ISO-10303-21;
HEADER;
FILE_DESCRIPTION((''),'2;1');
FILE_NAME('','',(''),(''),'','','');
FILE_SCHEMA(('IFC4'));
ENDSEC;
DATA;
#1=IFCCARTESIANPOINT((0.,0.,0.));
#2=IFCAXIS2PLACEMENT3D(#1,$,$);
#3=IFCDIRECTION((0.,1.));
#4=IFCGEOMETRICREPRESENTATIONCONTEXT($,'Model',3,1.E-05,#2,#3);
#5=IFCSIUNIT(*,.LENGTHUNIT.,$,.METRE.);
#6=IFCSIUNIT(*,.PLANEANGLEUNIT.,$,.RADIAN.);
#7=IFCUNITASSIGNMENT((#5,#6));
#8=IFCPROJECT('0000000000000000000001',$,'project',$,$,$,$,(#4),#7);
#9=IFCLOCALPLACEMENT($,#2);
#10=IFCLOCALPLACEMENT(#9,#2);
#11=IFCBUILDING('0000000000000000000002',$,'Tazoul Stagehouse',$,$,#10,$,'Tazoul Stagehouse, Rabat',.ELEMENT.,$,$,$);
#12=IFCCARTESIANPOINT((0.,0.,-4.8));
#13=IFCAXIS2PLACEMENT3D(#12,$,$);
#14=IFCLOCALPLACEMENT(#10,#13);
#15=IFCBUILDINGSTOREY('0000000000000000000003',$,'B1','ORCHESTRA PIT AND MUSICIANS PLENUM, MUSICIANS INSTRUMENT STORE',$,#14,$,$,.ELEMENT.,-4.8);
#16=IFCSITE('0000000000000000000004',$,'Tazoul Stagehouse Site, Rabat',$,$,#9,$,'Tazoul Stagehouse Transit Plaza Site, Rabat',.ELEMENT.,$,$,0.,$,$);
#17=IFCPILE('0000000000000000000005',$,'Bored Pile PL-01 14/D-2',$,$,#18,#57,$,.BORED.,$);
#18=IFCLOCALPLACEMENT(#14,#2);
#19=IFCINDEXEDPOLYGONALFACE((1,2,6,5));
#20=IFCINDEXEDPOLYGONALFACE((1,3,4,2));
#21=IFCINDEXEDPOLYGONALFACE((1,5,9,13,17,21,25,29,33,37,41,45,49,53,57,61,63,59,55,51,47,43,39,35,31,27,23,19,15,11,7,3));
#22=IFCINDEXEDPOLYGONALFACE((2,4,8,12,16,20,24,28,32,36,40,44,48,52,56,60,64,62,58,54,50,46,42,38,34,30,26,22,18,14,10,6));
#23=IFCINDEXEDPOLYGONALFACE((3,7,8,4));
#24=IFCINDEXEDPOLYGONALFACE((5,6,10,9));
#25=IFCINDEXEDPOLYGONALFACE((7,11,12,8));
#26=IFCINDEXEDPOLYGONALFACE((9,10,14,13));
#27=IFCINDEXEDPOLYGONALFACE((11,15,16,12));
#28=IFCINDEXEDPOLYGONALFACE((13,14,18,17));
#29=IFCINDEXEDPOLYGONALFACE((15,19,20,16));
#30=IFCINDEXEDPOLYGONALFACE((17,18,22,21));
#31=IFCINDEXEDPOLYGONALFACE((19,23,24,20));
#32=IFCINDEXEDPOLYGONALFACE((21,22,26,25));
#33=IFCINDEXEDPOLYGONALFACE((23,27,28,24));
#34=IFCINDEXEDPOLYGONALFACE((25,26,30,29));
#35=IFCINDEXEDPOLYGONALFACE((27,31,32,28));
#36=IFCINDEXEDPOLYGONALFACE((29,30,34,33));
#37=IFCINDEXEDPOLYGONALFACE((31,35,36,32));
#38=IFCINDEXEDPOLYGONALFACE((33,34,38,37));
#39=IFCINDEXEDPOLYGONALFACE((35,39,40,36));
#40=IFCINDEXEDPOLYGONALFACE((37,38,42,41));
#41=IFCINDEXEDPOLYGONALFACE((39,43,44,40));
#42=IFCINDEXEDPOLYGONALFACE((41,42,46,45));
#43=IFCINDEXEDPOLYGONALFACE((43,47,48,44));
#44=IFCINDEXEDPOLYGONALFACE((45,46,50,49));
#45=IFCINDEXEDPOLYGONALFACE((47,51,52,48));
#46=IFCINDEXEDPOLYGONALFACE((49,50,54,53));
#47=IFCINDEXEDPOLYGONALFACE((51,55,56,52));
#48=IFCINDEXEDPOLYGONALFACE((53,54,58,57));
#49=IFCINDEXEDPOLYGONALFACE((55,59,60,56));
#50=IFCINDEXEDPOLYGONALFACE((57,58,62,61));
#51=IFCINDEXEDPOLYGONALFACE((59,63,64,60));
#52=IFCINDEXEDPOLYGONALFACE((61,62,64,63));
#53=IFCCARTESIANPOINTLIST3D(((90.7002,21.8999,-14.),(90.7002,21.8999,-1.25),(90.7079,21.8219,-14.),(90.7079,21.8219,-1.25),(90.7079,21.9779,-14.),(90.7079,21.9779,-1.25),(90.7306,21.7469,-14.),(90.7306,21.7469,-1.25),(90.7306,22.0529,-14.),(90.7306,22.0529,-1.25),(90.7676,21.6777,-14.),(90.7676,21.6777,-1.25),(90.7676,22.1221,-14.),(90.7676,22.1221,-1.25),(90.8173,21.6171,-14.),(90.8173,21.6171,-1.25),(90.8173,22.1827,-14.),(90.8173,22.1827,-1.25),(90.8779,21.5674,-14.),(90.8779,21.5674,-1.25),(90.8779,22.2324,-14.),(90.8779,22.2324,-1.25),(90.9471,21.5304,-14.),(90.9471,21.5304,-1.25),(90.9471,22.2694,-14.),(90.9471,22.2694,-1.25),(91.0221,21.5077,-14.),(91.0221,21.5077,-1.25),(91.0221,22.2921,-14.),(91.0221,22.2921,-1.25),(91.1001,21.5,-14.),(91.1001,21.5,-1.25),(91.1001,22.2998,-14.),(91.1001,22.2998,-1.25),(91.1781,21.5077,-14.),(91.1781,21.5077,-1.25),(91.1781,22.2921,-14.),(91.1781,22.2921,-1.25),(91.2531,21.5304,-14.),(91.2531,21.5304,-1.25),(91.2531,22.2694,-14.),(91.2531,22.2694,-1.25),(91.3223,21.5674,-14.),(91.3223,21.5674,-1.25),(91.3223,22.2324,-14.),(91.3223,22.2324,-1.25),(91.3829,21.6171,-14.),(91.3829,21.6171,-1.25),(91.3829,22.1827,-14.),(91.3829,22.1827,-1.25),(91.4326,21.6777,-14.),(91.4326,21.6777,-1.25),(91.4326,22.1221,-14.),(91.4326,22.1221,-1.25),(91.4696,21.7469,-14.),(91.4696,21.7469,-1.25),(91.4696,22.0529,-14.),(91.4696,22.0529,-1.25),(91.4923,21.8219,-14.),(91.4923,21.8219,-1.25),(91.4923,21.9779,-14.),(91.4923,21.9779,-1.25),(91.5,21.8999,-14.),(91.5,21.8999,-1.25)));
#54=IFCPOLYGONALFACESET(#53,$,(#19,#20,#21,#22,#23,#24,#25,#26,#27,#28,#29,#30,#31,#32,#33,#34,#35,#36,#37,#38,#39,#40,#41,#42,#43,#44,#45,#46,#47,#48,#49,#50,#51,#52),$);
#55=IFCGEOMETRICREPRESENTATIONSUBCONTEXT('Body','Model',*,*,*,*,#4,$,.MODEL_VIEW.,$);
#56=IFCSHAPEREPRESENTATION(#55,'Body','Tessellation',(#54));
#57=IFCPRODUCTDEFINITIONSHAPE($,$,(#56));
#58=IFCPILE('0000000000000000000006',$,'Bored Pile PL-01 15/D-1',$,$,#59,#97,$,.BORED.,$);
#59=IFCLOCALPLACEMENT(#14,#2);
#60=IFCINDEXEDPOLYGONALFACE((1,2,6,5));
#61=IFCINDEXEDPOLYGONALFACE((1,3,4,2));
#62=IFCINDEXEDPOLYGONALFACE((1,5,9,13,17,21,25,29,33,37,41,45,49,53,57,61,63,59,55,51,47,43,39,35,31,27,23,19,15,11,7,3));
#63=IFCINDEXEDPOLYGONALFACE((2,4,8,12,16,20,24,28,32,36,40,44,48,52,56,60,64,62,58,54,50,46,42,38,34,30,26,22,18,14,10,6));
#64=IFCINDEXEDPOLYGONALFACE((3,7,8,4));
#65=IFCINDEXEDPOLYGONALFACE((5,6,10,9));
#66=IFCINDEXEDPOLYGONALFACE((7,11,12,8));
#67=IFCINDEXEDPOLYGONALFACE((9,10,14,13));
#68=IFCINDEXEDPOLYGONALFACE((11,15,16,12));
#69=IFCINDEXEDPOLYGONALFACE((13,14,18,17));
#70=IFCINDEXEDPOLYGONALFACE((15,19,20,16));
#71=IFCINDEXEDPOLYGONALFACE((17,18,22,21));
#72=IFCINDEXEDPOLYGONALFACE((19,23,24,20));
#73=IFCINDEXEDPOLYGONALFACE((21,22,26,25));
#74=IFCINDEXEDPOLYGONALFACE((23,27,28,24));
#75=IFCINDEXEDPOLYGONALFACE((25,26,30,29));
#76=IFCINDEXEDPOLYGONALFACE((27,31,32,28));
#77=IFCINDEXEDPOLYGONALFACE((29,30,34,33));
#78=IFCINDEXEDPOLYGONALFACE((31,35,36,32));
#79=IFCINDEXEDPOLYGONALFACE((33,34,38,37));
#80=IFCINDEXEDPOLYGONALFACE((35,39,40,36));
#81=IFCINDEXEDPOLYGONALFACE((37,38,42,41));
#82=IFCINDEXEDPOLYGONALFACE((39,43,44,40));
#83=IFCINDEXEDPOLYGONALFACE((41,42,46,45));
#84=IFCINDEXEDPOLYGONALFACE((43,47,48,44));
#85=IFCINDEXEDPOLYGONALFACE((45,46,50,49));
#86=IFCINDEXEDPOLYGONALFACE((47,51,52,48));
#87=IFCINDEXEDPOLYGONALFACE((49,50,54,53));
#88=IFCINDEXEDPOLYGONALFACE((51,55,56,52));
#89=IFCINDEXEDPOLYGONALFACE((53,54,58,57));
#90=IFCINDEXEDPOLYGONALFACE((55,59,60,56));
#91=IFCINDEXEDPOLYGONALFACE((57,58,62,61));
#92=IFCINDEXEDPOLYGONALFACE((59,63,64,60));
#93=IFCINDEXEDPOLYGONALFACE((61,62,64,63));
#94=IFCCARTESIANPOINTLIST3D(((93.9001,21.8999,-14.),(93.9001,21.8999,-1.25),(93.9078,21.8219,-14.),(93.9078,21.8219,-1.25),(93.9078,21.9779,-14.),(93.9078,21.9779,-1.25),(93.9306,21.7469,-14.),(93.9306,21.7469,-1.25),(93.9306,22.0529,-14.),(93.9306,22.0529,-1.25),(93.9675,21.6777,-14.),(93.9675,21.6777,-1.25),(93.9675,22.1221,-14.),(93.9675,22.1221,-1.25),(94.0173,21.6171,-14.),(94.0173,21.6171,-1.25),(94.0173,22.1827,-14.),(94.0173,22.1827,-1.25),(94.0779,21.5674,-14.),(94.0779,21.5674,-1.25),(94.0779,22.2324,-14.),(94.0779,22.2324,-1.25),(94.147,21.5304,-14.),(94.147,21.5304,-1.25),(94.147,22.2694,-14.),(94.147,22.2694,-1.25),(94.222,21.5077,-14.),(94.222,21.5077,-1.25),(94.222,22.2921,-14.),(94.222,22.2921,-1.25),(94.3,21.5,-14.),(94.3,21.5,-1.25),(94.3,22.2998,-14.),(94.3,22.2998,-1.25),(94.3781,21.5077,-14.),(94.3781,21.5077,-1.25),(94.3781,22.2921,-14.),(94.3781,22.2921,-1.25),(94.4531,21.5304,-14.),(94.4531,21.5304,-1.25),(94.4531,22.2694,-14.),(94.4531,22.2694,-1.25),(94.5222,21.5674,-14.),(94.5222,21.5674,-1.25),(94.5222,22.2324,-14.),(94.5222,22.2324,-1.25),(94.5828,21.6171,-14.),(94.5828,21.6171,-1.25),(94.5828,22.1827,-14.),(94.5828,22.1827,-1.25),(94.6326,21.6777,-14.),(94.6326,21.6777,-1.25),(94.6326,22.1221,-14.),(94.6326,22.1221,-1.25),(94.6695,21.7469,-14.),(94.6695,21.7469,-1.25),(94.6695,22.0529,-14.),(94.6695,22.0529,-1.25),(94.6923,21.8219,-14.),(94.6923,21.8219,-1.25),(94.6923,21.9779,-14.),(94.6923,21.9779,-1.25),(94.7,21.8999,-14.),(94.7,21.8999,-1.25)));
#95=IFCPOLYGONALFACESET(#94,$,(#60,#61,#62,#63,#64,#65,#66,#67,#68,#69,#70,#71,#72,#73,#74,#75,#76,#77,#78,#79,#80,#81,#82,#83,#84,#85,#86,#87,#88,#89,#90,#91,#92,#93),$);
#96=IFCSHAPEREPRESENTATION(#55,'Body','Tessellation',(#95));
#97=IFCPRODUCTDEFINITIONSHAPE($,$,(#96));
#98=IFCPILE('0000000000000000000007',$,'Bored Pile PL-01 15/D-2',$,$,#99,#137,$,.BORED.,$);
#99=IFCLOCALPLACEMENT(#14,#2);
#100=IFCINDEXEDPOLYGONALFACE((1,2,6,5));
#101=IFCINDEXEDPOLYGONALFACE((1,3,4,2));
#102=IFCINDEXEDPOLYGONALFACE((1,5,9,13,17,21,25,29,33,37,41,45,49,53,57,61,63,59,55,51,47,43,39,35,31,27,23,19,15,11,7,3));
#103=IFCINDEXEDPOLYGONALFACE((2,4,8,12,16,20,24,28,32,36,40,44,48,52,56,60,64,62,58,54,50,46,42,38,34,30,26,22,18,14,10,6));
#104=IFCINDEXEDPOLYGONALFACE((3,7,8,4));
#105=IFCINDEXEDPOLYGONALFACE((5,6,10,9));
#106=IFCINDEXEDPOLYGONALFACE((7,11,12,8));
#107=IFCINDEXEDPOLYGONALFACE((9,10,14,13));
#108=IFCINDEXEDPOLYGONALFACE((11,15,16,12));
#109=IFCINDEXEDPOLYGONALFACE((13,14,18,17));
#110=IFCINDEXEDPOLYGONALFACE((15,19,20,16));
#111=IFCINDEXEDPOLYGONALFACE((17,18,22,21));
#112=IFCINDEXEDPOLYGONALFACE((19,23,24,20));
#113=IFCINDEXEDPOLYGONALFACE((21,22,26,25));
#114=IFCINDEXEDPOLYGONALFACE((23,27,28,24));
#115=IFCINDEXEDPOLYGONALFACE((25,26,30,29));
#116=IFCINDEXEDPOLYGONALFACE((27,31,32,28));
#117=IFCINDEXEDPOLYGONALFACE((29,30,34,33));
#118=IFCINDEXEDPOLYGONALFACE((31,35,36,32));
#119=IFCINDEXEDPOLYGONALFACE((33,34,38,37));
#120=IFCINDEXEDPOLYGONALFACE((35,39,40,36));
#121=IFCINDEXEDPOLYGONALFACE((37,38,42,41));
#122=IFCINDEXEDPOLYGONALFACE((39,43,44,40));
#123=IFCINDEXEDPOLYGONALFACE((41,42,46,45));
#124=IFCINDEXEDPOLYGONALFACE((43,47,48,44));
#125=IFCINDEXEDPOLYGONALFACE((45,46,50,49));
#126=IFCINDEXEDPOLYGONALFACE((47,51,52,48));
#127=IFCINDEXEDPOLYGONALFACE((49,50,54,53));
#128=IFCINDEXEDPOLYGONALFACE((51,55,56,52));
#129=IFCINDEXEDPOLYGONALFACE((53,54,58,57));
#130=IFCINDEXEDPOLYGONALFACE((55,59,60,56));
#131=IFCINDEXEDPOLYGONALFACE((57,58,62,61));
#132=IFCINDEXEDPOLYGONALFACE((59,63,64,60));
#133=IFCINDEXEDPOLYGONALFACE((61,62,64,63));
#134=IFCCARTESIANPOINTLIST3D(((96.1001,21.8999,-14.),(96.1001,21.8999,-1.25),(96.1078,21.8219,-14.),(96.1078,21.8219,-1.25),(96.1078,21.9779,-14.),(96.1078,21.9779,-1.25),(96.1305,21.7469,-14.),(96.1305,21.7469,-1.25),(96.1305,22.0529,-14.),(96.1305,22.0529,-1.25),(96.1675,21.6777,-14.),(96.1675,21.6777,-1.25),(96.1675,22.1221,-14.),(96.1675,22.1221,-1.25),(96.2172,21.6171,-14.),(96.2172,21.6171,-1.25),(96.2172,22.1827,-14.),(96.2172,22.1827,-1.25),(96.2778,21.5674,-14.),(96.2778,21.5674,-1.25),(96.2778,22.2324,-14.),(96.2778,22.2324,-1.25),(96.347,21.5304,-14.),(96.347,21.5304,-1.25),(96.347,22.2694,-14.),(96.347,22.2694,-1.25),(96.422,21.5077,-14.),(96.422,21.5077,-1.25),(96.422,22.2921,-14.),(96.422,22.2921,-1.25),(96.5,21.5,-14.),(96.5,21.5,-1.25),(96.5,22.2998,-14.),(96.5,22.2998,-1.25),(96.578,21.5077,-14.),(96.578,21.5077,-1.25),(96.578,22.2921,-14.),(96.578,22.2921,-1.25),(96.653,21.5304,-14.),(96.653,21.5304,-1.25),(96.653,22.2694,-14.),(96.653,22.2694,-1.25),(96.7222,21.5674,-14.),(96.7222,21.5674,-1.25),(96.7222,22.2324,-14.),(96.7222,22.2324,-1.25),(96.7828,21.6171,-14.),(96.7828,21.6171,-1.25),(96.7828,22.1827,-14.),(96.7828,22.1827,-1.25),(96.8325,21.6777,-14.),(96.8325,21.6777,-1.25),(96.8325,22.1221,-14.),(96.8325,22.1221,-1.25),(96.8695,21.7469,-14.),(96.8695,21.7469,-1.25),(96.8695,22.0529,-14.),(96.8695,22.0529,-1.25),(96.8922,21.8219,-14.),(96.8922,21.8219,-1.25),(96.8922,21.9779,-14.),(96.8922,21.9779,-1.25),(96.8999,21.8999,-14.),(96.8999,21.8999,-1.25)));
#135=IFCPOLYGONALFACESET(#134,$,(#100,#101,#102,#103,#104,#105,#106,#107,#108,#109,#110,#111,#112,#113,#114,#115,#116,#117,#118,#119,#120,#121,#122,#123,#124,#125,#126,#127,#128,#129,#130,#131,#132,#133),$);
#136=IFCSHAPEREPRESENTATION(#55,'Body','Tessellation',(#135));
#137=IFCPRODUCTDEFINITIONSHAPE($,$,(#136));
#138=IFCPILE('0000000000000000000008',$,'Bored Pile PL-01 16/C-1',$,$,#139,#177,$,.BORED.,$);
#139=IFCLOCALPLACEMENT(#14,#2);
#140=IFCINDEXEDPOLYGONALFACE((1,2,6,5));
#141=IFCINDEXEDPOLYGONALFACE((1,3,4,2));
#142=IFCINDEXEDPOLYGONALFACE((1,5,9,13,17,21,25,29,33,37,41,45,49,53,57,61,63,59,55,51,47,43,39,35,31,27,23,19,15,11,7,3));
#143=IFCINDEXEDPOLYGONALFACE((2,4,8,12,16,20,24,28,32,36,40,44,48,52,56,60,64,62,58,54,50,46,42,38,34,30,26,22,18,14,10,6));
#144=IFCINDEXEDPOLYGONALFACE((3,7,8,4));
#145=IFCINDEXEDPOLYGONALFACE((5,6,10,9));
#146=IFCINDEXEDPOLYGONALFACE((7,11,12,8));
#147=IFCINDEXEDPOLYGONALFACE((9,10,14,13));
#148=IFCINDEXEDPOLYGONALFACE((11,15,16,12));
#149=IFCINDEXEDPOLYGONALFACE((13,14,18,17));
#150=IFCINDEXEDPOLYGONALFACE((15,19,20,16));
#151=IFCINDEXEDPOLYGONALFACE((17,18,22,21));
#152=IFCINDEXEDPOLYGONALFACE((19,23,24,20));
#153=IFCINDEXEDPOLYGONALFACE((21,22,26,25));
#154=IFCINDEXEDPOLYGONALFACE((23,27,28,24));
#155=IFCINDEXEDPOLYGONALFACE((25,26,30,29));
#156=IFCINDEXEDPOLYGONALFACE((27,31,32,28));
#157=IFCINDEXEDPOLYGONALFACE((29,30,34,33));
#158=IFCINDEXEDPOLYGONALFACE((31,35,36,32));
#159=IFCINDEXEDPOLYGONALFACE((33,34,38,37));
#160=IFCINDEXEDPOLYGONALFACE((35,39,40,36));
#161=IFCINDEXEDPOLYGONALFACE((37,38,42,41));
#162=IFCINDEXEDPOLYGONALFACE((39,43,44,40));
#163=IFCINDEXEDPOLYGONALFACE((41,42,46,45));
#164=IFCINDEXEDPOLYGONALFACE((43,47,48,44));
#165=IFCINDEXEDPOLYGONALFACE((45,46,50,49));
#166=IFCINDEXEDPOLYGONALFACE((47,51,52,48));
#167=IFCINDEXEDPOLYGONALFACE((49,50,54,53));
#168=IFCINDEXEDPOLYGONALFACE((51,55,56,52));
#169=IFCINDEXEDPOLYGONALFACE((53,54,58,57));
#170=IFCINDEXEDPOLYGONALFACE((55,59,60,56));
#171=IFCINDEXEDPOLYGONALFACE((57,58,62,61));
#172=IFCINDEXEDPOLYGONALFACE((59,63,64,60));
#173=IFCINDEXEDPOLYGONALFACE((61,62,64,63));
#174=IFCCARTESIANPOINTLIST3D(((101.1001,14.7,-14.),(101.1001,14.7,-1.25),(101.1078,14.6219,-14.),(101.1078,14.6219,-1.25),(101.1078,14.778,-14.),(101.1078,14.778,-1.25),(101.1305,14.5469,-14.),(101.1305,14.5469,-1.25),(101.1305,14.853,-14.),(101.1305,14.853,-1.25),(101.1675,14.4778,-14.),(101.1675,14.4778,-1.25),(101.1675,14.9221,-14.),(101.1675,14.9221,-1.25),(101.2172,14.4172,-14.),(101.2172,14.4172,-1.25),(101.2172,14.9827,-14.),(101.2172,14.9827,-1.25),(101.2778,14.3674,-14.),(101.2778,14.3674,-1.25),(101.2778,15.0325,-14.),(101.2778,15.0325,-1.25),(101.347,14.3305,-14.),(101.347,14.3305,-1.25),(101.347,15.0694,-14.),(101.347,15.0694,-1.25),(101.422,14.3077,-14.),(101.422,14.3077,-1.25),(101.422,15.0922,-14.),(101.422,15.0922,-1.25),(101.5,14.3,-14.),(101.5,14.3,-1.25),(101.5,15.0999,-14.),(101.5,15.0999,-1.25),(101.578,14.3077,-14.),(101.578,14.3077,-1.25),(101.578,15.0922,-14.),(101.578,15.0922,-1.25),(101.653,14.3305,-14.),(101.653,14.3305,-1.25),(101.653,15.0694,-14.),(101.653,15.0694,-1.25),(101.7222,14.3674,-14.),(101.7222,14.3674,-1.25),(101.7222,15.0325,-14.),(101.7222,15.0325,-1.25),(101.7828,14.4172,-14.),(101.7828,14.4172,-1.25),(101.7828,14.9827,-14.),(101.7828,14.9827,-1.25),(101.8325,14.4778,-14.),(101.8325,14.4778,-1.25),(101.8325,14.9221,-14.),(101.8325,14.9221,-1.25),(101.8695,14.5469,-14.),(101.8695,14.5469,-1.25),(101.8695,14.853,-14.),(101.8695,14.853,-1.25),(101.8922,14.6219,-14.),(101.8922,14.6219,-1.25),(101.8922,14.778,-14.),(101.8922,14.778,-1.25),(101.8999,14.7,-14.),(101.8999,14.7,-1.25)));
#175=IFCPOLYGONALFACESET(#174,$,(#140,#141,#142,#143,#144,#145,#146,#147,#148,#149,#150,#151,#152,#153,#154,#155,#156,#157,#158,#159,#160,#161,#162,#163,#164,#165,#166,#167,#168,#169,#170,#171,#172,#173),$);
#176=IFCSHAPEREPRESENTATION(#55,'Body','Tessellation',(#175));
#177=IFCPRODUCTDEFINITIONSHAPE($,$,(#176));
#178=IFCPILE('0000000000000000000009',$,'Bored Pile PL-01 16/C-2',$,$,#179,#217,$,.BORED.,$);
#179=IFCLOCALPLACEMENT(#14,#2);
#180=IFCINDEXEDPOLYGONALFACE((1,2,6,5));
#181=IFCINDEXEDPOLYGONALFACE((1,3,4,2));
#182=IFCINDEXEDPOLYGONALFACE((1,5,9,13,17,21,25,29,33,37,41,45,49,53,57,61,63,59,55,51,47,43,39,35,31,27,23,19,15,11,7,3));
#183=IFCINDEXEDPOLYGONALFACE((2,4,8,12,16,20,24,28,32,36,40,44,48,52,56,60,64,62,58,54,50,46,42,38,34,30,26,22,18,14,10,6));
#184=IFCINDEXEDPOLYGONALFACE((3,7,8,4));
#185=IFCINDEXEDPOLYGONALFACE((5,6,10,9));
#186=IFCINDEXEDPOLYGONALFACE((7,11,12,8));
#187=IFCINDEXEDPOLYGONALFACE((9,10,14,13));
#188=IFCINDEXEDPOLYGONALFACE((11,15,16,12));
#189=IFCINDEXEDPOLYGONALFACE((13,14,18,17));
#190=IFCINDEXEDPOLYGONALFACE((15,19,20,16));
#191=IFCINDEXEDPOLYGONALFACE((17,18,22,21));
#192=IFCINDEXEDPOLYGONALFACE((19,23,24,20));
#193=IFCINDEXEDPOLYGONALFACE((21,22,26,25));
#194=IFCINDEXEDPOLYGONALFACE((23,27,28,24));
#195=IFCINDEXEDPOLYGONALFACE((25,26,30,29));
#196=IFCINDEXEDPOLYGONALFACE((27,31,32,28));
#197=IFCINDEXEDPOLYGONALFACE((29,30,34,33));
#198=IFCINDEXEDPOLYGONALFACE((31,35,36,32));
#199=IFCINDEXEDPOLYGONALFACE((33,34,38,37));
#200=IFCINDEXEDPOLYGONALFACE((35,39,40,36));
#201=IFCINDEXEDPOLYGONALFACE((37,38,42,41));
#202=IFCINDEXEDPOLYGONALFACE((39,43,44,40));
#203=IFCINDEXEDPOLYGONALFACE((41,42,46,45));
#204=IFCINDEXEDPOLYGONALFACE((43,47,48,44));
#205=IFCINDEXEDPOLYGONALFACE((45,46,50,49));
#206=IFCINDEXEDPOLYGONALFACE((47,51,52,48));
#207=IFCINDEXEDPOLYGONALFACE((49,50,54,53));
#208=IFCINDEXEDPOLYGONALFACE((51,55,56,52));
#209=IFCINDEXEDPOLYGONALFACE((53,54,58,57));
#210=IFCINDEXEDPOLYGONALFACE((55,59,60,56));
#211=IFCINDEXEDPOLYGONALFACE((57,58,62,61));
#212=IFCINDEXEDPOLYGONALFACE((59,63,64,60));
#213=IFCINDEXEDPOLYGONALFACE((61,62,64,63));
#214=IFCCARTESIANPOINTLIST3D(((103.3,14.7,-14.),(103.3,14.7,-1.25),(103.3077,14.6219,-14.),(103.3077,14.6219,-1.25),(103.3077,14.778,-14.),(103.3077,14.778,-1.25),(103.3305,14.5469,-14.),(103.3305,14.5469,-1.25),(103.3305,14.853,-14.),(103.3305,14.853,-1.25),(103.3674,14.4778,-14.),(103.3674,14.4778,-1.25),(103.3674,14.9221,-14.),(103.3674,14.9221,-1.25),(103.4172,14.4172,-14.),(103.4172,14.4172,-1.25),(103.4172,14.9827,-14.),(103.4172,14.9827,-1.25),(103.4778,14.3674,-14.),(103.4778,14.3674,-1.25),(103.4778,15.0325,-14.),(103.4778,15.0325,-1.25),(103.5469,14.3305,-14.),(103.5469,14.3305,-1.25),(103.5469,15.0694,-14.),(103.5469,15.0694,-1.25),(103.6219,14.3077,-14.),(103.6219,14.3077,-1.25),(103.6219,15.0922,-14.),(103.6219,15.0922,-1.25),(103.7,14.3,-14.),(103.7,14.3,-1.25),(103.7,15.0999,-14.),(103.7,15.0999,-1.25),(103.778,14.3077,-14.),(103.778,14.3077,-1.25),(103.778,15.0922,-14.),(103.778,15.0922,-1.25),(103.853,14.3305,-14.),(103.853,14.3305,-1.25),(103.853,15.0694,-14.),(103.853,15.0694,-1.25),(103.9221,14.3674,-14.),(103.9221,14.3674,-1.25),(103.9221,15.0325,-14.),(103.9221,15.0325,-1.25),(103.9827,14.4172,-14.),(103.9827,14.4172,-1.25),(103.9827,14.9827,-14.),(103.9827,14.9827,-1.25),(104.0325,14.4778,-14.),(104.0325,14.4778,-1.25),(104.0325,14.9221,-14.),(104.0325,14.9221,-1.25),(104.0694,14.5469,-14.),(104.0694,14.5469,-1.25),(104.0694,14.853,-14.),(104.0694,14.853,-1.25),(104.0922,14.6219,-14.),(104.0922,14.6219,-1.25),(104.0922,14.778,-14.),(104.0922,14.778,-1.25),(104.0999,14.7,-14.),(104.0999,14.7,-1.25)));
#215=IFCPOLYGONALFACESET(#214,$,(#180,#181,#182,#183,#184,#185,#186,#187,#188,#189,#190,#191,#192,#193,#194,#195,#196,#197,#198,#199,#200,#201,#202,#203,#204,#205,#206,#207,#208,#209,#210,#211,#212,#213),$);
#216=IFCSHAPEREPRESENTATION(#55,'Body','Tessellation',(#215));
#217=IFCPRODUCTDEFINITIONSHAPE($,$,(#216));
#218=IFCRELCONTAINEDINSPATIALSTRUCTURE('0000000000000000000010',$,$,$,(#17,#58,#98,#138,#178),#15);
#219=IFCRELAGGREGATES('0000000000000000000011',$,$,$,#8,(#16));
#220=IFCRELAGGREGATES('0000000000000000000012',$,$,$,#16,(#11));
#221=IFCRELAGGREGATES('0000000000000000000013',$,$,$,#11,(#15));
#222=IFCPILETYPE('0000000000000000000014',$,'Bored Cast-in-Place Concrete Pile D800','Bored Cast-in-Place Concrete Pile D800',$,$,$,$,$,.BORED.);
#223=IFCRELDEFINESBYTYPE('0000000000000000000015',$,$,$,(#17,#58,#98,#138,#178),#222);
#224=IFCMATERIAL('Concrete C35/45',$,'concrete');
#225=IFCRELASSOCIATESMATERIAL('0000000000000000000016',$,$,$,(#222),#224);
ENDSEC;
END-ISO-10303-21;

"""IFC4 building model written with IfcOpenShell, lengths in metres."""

from ifc_helpers import new_model, si_unit, direction, frame, origin, origin_2d, place, context, subcontext, project, spatial, circle, extrude, material, material_profile, profile_set, type_object, element, save


model = new_model("IFC4")

# Units and contexts
model_context = context("Model", 3, precision=1e-05, world=origin(), true_north=direction((0.0, 1.0)))
body_context = subcontext(model_context, "Body", "Model", "MODEL_VIEW")
ifc_project = project(units=[si_unit("LENGTHUNIT", "METRE"), si_unit("PLANEANGLEUNIT", "RADIAN")], contexts=[model_context])

# Site, building, storey
site_placement = place(None, origin())
site = spatial("IfcSite", under=ifc_project, at=site_placement, Name="Tazoul Stagehouse Site, Rabat", LongName="Tazoul Stagehouse Transit Plaza Site, Rabat", CompositionType="ELEMENT", RefElevation=0.0)
building_placement = place(site_placement, origin())
building = spatial("IfcBuilding", under=site, at=building_placement, Name="Tazoul Stagehouse", LongName="Tazoul Stagehouse, Rabat", CompositionType="ELEMENT")
storey_placement = place(building_placement, frame((0.0, 0.0, -4.8)))
storey = spatial("IfcBuildingStorey", under=building, at=storey_placement, Name="B1", Description="ORCHESTRA PIT AND MUSICIANS PLENUM, MUSICIANS INSTRUMENT STORE", CompositionType="ELEMENT", Elevation=-4.8)

# Piles
ifc_material_1 = material(Name="Concrete C35/45", Category="concrete")
ifc_material_profile_1 = material_profile(ifc_material_1, circle(Radius=0.3999, at=origin_2d()), Name="BORED PILE 800")
ifc_profile_set_1 = profile_set([ifc_material_profile_1], Name="Concrete C35/45")
pile_type = type_object("IfcPileType", Name="Bored Cast-in-Place Concrete Pile D800", Description="Bored Cast-in-Place Concrete Pile D800", PredefinedType="BORED", material=ifc_profile_set_1)
for number, where, z_axis, x_axis, name in (
    (1, (91.1001, 21.8999, -1.25), (0.0, 0.0, -1.0), (1.0, 0.0, 0.0), "Bored Pile PL-01 14/D-2"),
    (2, (94.3, 21.8999, -1.25), (0.0, 0.0, -1.0), (1.0, 0.0, 0.0), "Bored Pile PL-01 15/D-1"),
    (3, (96.5, 21.8999, -1.25), (0.0, 0.0, -1.0), (1.0, 0.0, 0.0), "Bored Pile PL-01 15/D-2"),
    (4, (101.5, 14.7, -1.25), (0.0, 0.0, -1.0), (1.0, 0.0, 0.0), "Bored Pile PL-01 16/C-1"),
    (5, (103.7, 14.7, -1.25), (0.0, 0.0, -1.0), (1.0, 0.0, 0.0), "Bored Pile PL-01 16/C-2"),
):
    element("IfcPile", number, at=place(storey_placement, frame(where, z_axis=z_axis, x_axis=x_axis)), inside=storey, type_object=pile_type, Name=name, PredefinedType="BORED", context=body_context, shape_type="SweptSolid", body=[
        extrude(circle(Radius=0.3999, at=origin_2d()), origin(), (0.0, 0.0, 1.0), 12.75),
    ])

save(model, "model.ifc")
